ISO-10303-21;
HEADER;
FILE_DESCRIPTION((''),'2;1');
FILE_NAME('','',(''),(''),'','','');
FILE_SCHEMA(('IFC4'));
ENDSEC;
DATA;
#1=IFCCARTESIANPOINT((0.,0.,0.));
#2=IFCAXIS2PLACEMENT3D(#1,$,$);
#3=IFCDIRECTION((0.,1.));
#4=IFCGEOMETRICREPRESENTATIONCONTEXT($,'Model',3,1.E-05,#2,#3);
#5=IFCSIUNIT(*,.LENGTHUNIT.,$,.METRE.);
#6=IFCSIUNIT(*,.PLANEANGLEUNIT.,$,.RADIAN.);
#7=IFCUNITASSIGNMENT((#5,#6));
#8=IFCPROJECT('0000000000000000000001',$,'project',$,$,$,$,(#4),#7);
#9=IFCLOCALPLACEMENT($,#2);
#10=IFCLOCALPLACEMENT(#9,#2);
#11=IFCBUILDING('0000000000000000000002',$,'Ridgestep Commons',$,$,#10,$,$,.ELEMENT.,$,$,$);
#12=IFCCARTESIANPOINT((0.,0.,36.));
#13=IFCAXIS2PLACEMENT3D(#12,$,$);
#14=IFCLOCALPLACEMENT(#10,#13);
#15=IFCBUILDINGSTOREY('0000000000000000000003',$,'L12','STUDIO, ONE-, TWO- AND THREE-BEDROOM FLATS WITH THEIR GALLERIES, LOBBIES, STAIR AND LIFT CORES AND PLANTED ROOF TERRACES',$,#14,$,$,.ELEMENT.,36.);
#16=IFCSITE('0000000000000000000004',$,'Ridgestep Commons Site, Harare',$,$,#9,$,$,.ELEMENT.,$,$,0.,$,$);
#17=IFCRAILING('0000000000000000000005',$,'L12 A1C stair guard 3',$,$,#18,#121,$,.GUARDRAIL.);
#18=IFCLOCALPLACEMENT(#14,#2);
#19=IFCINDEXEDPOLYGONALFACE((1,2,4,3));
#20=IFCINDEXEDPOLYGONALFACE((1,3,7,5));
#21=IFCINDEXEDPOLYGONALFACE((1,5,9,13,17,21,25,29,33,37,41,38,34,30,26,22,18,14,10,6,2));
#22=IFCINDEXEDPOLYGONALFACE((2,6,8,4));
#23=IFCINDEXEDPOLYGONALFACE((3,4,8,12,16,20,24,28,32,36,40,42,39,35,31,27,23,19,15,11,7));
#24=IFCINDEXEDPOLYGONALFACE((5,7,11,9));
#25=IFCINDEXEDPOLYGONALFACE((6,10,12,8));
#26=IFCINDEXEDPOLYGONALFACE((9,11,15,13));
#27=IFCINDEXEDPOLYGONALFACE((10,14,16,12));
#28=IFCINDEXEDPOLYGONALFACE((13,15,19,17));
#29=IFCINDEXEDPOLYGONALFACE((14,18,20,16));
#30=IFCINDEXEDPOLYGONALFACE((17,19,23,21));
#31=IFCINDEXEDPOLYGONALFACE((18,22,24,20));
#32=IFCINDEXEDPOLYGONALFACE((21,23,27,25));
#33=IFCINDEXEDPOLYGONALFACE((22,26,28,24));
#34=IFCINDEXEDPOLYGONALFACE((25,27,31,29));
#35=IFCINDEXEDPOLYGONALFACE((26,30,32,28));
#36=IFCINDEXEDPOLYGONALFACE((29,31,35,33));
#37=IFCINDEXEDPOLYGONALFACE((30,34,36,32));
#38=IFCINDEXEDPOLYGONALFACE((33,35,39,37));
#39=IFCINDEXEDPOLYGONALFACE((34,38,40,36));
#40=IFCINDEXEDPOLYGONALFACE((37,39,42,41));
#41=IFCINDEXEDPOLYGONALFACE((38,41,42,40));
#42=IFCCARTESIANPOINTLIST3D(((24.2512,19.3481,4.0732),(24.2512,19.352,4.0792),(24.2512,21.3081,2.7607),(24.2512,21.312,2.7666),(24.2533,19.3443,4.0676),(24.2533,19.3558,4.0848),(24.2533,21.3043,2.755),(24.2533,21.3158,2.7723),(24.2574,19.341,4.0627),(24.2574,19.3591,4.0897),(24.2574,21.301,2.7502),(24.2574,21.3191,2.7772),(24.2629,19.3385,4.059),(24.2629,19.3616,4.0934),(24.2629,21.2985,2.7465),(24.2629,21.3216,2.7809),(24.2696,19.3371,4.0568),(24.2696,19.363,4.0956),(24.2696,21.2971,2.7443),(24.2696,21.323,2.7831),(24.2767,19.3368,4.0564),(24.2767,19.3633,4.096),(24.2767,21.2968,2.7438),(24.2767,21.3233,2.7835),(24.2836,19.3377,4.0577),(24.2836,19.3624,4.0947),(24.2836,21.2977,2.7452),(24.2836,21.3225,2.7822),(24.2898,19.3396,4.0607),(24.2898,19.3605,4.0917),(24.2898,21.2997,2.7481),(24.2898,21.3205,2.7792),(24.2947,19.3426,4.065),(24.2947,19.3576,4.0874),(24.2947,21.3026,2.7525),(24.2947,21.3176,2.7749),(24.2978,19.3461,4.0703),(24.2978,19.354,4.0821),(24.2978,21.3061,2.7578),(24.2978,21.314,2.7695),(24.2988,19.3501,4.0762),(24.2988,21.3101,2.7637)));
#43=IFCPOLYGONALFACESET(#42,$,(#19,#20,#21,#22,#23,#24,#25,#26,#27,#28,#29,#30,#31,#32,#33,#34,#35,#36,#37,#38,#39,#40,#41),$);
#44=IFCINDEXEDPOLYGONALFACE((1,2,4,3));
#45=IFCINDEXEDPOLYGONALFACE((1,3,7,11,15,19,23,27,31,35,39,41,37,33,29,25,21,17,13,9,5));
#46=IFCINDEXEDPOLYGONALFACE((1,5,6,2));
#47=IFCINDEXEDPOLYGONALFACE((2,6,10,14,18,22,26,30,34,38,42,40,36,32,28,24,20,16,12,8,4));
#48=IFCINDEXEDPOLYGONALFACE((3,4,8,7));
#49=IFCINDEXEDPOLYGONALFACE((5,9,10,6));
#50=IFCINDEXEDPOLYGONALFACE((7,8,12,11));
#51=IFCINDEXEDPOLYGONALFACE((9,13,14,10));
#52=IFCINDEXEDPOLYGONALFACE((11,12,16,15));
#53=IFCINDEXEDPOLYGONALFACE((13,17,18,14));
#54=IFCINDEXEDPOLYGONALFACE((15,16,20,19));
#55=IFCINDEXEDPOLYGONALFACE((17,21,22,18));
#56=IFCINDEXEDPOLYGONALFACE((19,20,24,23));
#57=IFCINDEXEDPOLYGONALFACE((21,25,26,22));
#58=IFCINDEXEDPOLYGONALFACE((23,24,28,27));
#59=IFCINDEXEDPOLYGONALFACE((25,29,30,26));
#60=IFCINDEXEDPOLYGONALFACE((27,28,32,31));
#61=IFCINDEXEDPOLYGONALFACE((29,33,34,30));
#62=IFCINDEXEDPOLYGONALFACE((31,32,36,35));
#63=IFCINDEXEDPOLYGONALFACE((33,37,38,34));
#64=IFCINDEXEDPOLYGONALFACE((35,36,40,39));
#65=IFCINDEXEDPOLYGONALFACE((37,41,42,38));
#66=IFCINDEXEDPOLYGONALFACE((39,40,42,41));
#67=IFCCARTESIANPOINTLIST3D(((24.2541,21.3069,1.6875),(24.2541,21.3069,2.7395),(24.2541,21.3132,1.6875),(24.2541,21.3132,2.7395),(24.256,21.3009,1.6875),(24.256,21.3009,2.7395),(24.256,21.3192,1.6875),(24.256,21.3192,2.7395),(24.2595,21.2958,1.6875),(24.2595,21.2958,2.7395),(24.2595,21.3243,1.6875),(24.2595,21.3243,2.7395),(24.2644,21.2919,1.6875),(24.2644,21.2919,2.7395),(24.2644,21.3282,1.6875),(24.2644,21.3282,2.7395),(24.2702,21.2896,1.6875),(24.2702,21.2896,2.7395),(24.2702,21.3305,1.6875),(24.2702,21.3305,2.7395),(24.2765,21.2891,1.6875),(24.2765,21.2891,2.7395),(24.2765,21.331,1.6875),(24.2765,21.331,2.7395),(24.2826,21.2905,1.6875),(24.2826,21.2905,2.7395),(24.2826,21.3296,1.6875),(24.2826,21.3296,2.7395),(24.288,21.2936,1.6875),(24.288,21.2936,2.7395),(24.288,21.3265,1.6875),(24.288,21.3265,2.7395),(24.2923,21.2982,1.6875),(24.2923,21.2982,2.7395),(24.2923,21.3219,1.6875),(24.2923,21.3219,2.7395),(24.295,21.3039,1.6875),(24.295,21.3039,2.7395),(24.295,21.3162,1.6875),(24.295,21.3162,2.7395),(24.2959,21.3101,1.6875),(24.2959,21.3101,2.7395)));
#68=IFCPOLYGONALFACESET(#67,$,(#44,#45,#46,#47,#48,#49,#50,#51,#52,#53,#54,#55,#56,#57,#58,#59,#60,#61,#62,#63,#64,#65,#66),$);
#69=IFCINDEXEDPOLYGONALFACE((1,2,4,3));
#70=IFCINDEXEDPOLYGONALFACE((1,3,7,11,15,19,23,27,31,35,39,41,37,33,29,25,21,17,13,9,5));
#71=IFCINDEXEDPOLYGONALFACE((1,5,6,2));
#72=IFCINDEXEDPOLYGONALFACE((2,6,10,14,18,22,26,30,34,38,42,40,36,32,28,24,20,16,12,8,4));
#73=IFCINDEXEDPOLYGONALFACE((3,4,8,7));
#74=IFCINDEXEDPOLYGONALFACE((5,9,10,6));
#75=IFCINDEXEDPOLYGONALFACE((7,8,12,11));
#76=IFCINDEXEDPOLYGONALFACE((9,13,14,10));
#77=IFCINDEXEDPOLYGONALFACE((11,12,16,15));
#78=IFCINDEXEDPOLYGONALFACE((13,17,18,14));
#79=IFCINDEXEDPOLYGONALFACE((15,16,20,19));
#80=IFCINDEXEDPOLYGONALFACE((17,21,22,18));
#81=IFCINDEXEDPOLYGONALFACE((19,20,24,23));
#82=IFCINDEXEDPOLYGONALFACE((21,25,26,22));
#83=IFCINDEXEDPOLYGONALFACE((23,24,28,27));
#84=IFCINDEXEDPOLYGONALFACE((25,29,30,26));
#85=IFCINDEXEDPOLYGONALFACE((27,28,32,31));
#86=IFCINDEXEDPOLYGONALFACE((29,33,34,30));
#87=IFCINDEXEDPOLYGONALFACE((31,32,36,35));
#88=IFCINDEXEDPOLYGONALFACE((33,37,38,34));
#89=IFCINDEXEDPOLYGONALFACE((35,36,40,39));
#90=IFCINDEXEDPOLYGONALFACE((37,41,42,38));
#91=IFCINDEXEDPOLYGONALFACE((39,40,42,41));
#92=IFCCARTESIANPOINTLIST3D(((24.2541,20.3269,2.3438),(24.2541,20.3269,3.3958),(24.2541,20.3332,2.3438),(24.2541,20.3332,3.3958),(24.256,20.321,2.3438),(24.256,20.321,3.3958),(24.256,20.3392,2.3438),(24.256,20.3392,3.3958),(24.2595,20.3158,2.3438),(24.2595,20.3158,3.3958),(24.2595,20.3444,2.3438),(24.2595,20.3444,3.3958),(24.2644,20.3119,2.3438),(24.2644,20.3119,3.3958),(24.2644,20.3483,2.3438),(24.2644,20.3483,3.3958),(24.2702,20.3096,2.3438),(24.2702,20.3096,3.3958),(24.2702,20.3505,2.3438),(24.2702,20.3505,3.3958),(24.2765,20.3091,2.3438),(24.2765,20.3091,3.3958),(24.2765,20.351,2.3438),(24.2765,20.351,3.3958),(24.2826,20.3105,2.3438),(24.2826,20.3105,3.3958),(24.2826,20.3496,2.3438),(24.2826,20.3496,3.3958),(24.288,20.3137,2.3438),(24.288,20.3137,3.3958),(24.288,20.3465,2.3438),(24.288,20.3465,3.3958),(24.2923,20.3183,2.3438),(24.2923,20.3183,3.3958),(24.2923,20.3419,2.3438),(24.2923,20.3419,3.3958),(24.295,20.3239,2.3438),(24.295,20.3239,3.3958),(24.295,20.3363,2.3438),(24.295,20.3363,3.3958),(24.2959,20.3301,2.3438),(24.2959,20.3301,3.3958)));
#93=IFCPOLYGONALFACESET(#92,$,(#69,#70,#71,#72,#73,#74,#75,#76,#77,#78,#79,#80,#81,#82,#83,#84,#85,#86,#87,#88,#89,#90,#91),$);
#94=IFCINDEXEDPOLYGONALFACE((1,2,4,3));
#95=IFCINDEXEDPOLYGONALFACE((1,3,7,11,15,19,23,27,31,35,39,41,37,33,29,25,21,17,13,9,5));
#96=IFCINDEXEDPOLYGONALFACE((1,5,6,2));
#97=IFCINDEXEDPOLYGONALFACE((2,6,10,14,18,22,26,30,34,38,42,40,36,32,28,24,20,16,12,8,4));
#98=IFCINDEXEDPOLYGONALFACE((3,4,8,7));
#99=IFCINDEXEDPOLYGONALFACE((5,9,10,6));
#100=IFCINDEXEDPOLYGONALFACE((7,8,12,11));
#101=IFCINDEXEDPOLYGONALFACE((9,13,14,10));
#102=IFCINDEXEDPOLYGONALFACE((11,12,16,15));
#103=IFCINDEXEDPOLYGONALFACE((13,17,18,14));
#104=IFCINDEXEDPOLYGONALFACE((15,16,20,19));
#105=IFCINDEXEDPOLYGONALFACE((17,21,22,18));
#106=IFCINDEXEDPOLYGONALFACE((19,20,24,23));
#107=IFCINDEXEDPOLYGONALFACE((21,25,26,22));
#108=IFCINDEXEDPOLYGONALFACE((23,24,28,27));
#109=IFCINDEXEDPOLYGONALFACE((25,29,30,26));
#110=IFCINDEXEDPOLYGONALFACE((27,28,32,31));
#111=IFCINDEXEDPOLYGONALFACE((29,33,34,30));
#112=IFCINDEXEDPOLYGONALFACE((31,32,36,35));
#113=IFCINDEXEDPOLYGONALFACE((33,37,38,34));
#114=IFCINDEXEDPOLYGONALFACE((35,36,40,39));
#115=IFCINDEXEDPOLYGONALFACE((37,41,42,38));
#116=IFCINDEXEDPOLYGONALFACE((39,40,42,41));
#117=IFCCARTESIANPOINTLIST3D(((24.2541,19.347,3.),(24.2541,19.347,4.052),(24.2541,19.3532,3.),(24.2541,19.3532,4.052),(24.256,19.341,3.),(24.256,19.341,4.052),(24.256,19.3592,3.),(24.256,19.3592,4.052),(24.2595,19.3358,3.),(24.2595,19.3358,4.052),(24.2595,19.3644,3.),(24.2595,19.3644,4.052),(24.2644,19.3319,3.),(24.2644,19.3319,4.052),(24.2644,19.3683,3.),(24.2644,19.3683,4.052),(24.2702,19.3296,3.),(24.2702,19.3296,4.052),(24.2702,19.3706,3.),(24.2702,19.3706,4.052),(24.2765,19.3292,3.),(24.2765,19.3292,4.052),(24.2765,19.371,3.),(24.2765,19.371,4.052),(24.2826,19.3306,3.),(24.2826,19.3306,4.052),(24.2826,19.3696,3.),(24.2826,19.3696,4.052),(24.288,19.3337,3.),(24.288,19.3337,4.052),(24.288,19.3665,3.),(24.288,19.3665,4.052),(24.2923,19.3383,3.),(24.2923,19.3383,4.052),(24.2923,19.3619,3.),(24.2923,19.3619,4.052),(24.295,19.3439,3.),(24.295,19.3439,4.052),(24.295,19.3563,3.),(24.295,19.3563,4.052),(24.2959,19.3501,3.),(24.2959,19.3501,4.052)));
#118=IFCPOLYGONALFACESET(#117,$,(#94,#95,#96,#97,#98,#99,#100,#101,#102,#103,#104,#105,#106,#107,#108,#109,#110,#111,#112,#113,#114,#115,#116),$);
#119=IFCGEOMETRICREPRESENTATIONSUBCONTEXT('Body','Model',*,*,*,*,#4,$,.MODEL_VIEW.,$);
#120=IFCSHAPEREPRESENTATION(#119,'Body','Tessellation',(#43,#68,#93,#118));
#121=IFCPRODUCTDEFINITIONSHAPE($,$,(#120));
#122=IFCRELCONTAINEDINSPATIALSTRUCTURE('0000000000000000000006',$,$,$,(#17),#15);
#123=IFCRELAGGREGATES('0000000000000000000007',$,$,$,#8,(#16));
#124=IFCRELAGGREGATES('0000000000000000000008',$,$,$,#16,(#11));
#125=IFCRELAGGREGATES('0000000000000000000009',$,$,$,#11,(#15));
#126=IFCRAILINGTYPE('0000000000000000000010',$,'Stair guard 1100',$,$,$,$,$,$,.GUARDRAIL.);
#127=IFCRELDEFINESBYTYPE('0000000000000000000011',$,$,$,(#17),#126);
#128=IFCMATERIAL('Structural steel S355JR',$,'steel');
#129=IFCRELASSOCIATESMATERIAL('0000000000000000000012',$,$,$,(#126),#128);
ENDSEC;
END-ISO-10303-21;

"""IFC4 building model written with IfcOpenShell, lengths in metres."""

from ifc_helpers import new_model, si_unit, direction, frame, origin, origin_2d, place, context, subcontext, project, spatial, circle, extrude, material, type_object, element, save


model = new_model("IFC4")

# Units and contexts
model_context = context("Model", 3, precision=1e-05, world=origin(), true_north=direction((0.0, 1.0)))
body_context = subcontext(model_context, "Body", "Model", "MODEL_VIEW")
ifc_project = project(units=[si_unit("LENGTHUNIT", "METRE"), si_unit("PLANEANGLEUNIT", "RADIAN")], contexts=[model_context])

# Site, building, storey
site_placement = place(None, origin())
site = spatial("IfcSite", under=ifc_project, at=site_placement, Name="Ridgestep Commons Site, Harare", CompositionType="ELEMENT", RefElevation=0.0)
building_placement = place(site_placement, origin())
building = spatial("IfcBuilding", under=site, at=building_placement, Name="Ridgestep Commons", CompositionType="ELEMENT")
storey_placement = place(building_placement, frame((0.0, 0.0, 36.0)))
storey = spatial("IfcBuildingStorey", under=building, at=storey_placement, Name="L12", Description="STUDIO, ONE-, TWO- AND THREE-BEDROOM FLATS WITH THEIR GALLERIES, LOBBIES, STAIR AND LIFT CORES AND PLANTED ROOF TERRACES", CompositionType="ELEMENT", Elevation=36.0)

# Railing
ifc_material_1 = material(Name="Structural steel S355JR", Category="steel")
railing_type_1 = type_object("IfcRailingType", Name="Stair guard 1100", PredefinedType="GUARDRAIL", material=ifc_material_1)
railing_1_placement = place(storey_placement, frame((24.2749, 21.3101, 1.6875)))
element("IfcRailing", 1, at=railing_1_placement, inside=storey, type_object=railing_type_1, Name="L12 A1C stair guard 3", PredefinedType="GUARDRAIL", context=body_context, shape_type="SweptSolid", body=[
    extrude(circle(Radius=0.0239, at=origin_2d()), frame((0.0, 0.0, 1.0762), z_axis=(0.0, -0.830902, 0.556419), x_axis=(1.0, 0.0, 0.0)), (0.0, 0.0, 1.0), 2.3589),
    extrude(circle(Radius=0.021, at=origin_2d()), origin(), (0.0, 0.0, 1.0), 1.052),
    extrude(circle(Radius=0.021, at=origin_2d()), frame((0.0, -0.98, 0.6562)), (0.0, 0.0, 1.0), 1.052),
    extrude(circle(Radius=0.021, at=origin_2d()), frame((0.0, -1.96, 1.3125)), (0.0, 0.0, 1.0), 1.052),
])

save(model, "model.ifc")
